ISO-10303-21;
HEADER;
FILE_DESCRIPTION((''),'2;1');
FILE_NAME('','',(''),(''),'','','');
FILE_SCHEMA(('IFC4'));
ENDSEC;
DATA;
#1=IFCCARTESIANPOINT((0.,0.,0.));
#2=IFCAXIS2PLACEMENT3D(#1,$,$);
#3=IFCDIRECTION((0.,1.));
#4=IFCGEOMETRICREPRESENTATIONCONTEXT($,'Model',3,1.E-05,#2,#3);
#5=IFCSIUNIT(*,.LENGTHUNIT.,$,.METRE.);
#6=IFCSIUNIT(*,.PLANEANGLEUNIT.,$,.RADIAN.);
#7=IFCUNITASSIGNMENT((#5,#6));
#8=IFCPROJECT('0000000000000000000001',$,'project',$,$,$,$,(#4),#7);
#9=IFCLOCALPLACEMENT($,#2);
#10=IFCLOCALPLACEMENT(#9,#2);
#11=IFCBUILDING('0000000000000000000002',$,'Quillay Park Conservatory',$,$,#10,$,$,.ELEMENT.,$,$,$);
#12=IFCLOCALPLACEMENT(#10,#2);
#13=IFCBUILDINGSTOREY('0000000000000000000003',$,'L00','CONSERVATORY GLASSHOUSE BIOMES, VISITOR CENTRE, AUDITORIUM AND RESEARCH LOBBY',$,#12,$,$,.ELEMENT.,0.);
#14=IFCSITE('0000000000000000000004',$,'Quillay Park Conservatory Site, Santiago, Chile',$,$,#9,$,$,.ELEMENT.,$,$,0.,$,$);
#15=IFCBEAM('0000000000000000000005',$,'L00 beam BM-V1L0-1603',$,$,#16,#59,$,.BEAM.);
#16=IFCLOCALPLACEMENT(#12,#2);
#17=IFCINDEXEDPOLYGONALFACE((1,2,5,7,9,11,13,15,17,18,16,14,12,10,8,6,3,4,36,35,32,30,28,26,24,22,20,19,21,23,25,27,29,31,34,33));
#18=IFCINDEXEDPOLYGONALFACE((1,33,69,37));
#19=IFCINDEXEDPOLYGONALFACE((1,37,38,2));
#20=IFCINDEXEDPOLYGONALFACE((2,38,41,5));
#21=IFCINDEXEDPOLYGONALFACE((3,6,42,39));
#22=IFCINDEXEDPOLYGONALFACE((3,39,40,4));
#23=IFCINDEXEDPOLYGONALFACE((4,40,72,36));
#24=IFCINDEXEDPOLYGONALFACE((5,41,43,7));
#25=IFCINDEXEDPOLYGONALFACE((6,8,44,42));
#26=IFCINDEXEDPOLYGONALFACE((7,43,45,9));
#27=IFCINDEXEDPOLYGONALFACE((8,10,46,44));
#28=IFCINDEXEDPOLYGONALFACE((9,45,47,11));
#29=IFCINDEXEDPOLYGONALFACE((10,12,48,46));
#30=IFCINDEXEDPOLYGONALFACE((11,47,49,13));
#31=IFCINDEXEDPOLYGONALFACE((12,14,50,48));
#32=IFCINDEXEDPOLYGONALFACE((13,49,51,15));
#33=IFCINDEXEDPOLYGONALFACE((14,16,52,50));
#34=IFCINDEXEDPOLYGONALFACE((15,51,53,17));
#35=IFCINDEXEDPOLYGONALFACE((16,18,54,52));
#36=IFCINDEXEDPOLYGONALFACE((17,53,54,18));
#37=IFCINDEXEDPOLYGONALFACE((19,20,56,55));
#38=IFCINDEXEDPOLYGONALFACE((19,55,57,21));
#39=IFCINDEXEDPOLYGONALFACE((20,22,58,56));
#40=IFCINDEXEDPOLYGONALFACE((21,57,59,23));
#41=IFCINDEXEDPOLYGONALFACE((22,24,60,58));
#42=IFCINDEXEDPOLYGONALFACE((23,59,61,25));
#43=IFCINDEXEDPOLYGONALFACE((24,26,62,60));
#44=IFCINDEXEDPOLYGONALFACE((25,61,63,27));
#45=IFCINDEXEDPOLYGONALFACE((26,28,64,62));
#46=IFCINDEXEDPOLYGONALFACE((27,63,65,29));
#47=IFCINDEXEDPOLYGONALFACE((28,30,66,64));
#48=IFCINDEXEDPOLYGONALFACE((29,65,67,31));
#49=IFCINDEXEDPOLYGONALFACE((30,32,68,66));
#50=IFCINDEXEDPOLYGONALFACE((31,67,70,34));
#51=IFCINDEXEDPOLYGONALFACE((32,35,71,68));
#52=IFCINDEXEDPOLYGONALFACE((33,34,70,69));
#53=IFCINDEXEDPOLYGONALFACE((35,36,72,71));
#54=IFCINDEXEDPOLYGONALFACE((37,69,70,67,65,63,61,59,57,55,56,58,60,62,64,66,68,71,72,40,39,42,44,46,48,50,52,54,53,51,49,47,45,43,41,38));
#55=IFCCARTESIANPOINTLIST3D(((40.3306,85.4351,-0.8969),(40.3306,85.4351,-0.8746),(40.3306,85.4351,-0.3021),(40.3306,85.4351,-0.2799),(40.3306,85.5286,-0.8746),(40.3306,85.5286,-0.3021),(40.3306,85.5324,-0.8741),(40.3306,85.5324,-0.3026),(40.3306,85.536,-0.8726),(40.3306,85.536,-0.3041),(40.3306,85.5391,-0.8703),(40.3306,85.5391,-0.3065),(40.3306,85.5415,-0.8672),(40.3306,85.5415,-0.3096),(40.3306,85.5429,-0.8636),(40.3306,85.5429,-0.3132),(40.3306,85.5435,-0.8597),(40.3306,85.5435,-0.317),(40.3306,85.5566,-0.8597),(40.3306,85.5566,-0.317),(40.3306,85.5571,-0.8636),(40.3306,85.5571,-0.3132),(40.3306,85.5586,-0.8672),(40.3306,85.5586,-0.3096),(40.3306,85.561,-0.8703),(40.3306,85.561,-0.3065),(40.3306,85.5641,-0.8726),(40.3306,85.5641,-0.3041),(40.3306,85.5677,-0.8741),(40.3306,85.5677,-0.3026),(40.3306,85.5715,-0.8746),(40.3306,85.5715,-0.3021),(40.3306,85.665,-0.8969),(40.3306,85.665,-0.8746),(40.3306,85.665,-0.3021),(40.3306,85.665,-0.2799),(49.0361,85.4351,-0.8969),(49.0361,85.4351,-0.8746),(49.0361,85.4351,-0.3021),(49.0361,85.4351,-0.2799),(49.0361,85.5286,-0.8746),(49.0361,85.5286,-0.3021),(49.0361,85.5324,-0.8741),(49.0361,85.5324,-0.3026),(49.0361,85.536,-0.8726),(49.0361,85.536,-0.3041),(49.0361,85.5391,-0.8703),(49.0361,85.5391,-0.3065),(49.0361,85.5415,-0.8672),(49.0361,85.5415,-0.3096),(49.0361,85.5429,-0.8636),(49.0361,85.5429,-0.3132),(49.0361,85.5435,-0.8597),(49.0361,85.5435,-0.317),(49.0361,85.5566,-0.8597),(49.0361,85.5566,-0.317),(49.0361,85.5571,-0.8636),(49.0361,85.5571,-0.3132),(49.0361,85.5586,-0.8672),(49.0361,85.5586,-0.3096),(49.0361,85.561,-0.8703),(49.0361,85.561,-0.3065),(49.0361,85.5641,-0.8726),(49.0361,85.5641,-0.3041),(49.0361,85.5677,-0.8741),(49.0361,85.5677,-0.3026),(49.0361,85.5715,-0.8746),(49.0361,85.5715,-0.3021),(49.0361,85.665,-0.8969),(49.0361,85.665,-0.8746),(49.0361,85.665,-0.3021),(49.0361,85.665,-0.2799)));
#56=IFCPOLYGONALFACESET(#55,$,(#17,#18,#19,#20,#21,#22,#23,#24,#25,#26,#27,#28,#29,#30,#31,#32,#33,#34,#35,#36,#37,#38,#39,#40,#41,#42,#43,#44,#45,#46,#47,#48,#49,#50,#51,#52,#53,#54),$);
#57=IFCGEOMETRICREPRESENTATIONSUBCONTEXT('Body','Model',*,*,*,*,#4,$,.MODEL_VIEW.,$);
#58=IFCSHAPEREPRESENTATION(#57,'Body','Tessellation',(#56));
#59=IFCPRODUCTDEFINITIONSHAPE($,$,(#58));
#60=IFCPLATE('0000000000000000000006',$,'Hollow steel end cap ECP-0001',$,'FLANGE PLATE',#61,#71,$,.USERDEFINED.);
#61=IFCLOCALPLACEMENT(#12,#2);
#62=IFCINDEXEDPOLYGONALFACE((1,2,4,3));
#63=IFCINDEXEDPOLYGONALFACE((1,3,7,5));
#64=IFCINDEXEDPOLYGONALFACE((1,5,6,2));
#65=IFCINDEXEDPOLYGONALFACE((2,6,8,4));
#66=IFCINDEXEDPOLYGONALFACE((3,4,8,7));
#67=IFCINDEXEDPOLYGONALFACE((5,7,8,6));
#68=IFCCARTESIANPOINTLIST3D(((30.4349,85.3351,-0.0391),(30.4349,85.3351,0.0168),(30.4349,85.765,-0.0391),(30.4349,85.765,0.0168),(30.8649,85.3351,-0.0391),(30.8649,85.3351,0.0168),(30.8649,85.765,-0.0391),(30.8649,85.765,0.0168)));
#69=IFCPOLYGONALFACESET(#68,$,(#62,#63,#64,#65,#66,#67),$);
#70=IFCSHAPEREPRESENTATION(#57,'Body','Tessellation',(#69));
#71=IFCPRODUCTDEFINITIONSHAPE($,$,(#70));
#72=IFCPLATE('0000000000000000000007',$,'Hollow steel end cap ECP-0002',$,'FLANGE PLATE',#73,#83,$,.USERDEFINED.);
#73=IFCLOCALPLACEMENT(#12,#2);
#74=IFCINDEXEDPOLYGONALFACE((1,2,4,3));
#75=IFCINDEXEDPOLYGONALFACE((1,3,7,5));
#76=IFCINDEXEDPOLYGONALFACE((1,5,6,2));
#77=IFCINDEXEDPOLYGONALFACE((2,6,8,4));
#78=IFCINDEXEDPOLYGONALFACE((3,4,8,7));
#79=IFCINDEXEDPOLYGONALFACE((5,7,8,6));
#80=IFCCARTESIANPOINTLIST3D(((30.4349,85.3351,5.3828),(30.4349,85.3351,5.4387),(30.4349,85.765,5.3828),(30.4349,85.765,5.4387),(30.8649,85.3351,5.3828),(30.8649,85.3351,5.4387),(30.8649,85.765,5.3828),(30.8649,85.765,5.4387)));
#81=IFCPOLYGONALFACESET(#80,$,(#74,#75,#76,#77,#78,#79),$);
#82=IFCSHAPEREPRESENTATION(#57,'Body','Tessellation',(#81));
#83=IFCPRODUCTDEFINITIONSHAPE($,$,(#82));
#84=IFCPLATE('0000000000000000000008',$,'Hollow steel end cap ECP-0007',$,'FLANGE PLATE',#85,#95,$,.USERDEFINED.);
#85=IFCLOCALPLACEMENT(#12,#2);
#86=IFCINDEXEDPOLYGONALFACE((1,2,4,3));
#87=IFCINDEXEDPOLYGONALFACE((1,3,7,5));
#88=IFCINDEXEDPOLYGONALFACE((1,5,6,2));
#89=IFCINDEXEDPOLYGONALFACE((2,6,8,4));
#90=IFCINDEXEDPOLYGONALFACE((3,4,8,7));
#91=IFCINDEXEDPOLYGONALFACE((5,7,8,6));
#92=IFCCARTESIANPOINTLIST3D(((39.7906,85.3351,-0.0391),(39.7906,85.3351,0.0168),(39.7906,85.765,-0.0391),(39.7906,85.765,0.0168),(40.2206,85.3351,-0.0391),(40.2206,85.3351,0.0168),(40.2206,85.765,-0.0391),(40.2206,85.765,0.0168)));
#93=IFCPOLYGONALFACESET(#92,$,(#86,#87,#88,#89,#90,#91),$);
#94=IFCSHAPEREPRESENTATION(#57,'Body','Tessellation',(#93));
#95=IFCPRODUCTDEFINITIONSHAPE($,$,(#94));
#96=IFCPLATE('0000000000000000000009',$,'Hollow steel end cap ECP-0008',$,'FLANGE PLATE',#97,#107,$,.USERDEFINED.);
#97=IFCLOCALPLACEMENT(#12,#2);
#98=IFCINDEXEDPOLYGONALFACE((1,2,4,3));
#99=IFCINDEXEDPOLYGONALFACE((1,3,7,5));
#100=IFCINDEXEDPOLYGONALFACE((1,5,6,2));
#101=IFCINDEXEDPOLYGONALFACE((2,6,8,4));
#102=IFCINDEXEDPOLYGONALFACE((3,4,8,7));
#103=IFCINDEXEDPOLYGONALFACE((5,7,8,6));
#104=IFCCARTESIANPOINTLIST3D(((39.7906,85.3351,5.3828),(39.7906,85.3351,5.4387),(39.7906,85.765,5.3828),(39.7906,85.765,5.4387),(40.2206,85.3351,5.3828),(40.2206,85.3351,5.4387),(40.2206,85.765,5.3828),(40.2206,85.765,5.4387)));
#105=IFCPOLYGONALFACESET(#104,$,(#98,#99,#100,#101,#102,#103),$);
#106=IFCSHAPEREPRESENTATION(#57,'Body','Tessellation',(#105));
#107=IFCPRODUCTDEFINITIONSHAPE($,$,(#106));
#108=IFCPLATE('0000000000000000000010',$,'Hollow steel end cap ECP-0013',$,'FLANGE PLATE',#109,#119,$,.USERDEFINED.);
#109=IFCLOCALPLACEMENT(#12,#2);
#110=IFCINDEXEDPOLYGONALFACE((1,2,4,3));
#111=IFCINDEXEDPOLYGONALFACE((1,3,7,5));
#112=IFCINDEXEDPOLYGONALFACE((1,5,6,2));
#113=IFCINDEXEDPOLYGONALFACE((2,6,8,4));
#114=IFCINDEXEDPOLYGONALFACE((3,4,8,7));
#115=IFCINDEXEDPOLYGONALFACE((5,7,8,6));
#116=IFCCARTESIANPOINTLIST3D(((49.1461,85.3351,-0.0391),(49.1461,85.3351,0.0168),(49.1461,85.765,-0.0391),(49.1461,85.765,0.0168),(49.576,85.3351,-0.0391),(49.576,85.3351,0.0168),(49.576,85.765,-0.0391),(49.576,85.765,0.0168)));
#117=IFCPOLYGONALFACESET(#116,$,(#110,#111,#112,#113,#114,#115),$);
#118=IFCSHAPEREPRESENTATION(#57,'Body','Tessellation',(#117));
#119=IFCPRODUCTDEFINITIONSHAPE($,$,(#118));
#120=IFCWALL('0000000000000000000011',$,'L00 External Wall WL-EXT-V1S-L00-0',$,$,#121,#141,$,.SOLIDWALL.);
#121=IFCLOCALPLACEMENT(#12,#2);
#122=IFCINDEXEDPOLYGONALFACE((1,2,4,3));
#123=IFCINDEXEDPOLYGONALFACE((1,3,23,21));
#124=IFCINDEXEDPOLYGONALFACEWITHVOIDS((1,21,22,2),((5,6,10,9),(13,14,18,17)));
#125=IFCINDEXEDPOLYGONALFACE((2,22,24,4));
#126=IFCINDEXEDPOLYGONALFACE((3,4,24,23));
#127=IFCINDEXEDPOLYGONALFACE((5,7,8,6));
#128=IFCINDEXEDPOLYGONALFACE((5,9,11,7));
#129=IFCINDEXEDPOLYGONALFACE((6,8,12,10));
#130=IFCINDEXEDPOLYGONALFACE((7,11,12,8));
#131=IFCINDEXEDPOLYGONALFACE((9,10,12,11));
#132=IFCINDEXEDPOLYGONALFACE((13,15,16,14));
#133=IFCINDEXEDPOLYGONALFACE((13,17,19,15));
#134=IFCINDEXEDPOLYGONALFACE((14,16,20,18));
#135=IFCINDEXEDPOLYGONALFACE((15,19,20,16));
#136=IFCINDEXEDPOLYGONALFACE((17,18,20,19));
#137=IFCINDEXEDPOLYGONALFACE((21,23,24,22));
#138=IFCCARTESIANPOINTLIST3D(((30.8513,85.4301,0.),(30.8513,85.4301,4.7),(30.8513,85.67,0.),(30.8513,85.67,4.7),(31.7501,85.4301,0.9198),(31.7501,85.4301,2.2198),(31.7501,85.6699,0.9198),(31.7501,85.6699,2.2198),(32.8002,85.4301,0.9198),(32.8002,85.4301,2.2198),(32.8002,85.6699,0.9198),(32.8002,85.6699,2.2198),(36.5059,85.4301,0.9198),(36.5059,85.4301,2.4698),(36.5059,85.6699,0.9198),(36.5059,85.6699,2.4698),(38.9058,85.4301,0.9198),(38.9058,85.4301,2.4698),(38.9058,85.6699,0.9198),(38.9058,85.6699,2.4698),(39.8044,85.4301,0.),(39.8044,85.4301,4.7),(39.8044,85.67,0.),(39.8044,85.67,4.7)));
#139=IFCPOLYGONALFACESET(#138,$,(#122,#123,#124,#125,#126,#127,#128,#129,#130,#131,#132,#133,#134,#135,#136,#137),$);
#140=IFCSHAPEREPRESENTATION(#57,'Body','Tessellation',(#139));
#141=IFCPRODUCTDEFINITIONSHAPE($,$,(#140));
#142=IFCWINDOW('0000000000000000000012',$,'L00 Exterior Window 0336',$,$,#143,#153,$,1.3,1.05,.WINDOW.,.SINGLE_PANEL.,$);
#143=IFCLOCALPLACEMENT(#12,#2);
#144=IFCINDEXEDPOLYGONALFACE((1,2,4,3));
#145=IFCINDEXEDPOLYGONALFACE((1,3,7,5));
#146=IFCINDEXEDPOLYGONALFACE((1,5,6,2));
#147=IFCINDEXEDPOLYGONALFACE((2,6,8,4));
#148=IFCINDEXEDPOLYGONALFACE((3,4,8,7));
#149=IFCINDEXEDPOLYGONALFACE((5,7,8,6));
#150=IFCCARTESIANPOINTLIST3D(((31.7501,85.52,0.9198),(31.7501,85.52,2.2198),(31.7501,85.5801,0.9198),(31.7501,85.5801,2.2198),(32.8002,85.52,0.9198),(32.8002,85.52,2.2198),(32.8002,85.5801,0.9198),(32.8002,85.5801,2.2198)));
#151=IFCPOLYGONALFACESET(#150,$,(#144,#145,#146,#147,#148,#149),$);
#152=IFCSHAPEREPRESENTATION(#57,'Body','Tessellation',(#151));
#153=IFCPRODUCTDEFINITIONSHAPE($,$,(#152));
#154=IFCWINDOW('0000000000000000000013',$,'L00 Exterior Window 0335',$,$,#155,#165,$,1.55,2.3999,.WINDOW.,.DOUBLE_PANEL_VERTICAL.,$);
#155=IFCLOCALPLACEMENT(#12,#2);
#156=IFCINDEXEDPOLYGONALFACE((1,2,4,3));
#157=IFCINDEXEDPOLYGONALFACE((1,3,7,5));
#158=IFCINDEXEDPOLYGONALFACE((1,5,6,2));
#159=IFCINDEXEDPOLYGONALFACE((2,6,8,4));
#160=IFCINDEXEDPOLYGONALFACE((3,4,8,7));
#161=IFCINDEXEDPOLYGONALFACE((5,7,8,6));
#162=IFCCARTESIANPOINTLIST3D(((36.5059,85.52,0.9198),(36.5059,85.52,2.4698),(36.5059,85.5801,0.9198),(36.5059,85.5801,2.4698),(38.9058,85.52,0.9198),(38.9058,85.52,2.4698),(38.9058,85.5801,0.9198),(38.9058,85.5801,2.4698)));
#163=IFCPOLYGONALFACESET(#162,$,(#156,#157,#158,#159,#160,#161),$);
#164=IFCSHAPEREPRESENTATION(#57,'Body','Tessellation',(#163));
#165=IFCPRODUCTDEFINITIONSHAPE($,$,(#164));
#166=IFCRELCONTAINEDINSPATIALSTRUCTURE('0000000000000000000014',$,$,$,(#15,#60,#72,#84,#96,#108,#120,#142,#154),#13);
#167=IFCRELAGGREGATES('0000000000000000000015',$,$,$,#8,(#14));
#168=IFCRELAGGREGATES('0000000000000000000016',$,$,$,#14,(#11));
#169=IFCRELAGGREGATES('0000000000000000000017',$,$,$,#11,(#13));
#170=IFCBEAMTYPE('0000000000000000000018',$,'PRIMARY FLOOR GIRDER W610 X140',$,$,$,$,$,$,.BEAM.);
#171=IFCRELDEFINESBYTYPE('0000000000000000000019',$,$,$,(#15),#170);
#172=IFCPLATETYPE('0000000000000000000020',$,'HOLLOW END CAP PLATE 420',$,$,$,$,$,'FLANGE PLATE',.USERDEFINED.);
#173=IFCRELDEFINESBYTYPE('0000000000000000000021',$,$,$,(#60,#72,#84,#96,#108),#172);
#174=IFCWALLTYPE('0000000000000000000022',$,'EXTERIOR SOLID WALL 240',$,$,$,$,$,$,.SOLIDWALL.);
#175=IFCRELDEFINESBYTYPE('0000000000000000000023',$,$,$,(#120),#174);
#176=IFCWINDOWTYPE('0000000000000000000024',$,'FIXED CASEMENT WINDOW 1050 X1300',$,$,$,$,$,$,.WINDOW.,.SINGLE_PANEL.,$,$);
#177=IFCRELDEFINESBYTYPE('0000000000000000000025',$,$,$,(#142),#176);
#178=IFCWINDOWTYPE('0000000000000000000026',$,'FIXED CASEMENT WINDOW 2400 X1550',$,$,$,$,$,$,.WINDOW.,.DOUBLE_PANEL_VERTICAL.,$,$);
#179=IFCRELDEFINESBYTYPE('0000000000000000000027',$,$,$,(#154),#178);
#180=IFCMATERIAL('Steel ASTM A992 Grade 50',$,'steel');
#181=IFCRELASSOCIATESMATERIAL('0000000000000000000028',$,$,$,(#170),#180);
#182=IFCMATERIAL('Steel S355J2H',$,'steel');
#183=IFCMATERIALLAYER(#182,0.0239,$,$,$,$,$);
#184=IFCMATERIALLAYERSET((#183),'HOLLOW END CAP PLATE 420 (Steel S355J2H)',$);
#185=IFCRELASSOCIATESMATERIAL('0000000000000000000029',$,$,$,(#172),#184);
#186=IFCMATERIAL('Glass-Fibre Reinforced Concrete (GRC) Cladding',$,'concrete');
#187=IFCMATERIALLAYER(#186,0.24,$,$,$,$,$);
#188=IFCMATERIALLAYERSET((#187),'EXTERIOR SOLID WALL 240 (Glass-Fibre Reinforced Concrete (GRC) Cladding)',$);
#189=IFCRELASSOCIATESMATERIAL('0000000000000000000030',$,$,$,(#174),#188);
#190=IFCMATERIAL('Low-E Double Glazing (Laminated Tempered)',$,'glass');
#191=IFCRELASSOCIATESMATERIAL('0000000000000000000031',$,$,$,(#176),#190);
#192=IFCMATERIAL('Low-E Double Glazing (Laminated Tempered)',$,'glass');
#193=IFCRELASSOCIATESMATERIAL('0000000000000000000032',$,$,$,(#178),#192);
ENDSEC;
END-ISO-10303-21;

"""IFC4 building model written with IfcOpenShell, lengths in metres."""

from ifc_helpers import new_model, si_unit, direction, frame, frame_2d, origin, origin_2d, place, context, subcontext, project, spatial, rectangle, i_section, extrude, material, layer, layer_set, material_profile, profile_set, type_object, element, fill, save


model = new_model("IFC4")

# Units and contexts
model_context = context("Model", 3, precision=1e-05, world=origin(), true_north=direction((0.0, 1.0)))
body_context = subcontext(model_context, "Body", "Model", "MODEL_VIEW")
ifc_project = project(units=[si_unit("LENGTHUNIT", "METRE"), si_unit("PLANEANGLEUNIT", "RADIAN")], contexts=[model_context])

# Site, building, storey
site_placement = place(None, origin())
site = spatial("IfcSite", under=ifc_project, at=site_placement, Name="Quillay Park Conservatory Site, Santiago, Chile", CompositionType="ELEMENT", RefElevation=0.0)
building_placement = place(site_placement, origin())
building = spatial("IfcBuilding", under=site, at=building_placement, Name="Quillay Park Conservatory", CompositionType="ELEMENT")
storey_placement = place(building_placement, origin())
storey = spatial("IfcBuildingStorey", under=building, at=storey_placement, Name="L00", Description="CONSERVATORY GLASSHOUSE BIOMES, VISITOR CENTRE, AUDITORIUM AND RESEARCH LOBBY", CompositionType="ELEMENT", Elevation=0.0)

# Beam
ifc_material_1 = material(Name="Steel ASTM A992 Grade 50", Category="steel")
ifc_material_profile_1 = material_profile(ifc_material_1, i_section(OverallWidth=0.23, OverallDepth=0.6169, WebThickness=0.0132, FlangeThickness=0.0222, FilletRadius=0.0149, at=origin_2d()), Name="W610x140")
ifc_profile_set_1 = profile_set([ifc_material_profile_1], Name="Steel ASTM A992 Grade 50")
beam_type = type_object("IfcBeamType", Name="PRIMARY FLOOR GIRDER W610 X140", PredefinedType="BEAM", material=ifc_profile_set_1)
for number, where, z_axis, x_axis, name in (
    (1, (40.3306, 85.55, -0.5884), (1.0, 0.0, 0.0), (0.0, 1.0, 0.0), "L00 beam BM-V1L0-1603"),
):
    element("IfcBeam", number, at=place(storey_placement, frame(where, z_axis=z_axis, x_axis=x_axis)), inside=storey, type_object=beam_type, Name=name, PredefinedType="BEAM", context=body_context, shape_type="SweptSolid", body=[
        extrude(i_section(OverallWidth=0.23, OverallDepth=0.6169, WebThickness=0.0132, FlangeThickness=0.0222, FilletRadius=0.0149, at=origin_2d()), origin(), (0.0, 0.0, 1.0), 8.7056),
    ])

# Plates
ifc_material_2 = material(Name="Steel S355J2H", Category="steel")
ifc_layer_1 = layer(ifc_material_2, 0.0239)
ifc_layer_set_1 = layer_set([ifc_layer_1], Name="HOLLOW END CAP PLATE 420 (Steel S355J2H)")
plate_type = type_object("IfcPlateType", Name="HOLLOW END CAP PLATE 420", ElementType="FLANGE PLATE", PredefinedType="USERDEFINED", material=ifc_layer_set_1)
for number, where, z_axis, x_axis, name in (
    (2, (30.6499, 85.55, -0.0391), (0.0, 0.0, 1.0), (1.0, 0.0, 0.0), "Hollow steel end cap ECP-0001"),
    (3, (30.6499, 85.55, 5.3828), (0.0, 0.0, 1.0), (1.0, 0.0, 0.0), "Hollow steel end cap ECP-0002"),
    (4, (40.0056, 85.55, -0.0391), (0.0, 0.0, 1.0), (1.0, 0.0, 0.0), "Hollow steel end cap ECP-0007"),
    (5, (40.0056, 85.55, 5.3828), (0.0, 0.0, 1.0), (1.0, 0.0, 0.0), "Hollow steel end cap ECP-0008"),
    (6, (49.3611, 85.55, -0.0391), (0.0, 0.0, 1.0), (1.0, 0.0, 0.0), "Hollow steel end cap ECP-0013"),
):
    element("IfcPlate", number, at=place(storey_placement, frame(where, z_axis=z_axis, x_axis=x_axis)), inside=storey, type_object=plate_type, Name=name, ObjectType="FLANGE PLATE", PredefinedType="USERDEFINED", context=body_context, shape_type="SweptSolid", body=[
        extrude(rectangle(XDim=0.4299, YDim=0.4299, at=origin_2d()), origin(), (0.0, 0.0, 1.0), 0.0559),
    ])

# Wall, openings, windows
ifc_material_3 = material(Name="Glass-Fibre Reinforced Concrete (GRC) Cladding", Category="concrete")
ifc_layer_2 = layer(ifc_material_3, 0.24)
ifc_layer_set_2 = layer_set([ifc_layer_2], Name="EXTERIOR SOLID WALL 240 (Glass-Fibre Reinforced Concrete (GRC) Cladding)")
wall_type_1 = type_object("IfcWallType", Name="EXTERIOR SOLID WALL 240", PredefinedType="SOLIDWALL", material=ifc_layer_set_2)
wall_1_placement = place(storey_placement, frame((39.8044, 85.55, 0.0), z_axis=(0.0, 0.0, 1.0), x_axis=(-1.0, 0.0, 0.0)))
wall_1 = element("IfcWall", 7, at=wall_1_placement, inside=storey, type_object=wall_type_1, Name="L00 External Wall WL-EXT-V1S-L00-0", PredefinedType="SOLIDWALL", context=body_context, shape_type="SweptSolid", body=[
    extrude(rectangle(XDim=8.9531, YDim=0.24, at=frame_2d((4.4766, 0.0))), origin(), (0.0, 0.0, 1.0), 4.7),
])
opening_1_placement = place(wall_1_placement, frame((0.8987, 0.0, 0.9199)))
opening_1 = element("IfcOpeningElement", 8, at=opening_1_placement, cuts=wall_1, PredefinedType="OPENING", context=body_context, shape_type="SweptSolid", body=[
    extrude(rectangle(XDim=2.3999, YDim=1.55, at=frame_2d((1.2, 0.7749))), frame((0.0, 0.1201, 0.0), z_axis=(0.0, -1.0, 0.0), x_axis=(1.0, 0.0, 0.0)), (0.0, 0.0, 1.0), 0.24),
])
opening_2_placement = place(wall_1_placement, frame((7.0044, 0.0, 0.9199)))
opening_2 = element("IfcOpeningElement", 9, at=opening_2_placement, cuts=wall_1, PredefinedType="OPENING", context=body_context, shape_type="SweptSolid", body=[
    extrude(rectangle(XDim=1.05, YDim=1.3, at=frame_2d((0.5249, 0.6499))), frame((0.0, 0.1201, 0.0), z_axis=(0.0, -1.0, 0.0), x_axis=(1.0, 0.0, 0.0)), (0.0, 0.0, 1.0), 0.24),
])
ifc_material_4 = material(Name="Low-E Double Glazing (Laminated Tempered)", Category="glass")
window_type_1 = type_object("IfcWindowType", Name="FIXED CASEMENT WINDOW 1050 X1300", PartitioningType="SINGLE_PANEL", PredefinedType="WINDOW", material=ifc_material_4)
window_1_placement = place(opening_2_placement, origin())
window_1 = element("IfcWindow", 10, at=window_1_placement, inside=storey, type_object=window_type_1, Name="L00 Exterior Window 0336", OverallHeight=1.3, OverallWidth=1.05, PartitioningType="SINGLE_PANEL", PredefinedType="WINDOW", context=body_context, shape_type="SweptSolid", body=[
    extrude(rectangle(XDim=1.05, YDim=1.3, at=frame_2d((0.5249, 0.6499))), frame((0.0, 0.03, 0.0), z_axis=(0.0, -1.0, 0.0), x_axis=(1.0, 0.0, 0.0)), (0.0, 0.0, 1.0), 0.0601),
])
fill(opening_2, window_1)
ifc_material_5 = material(Name="Low-E Double Glazing (Laminated Tempered)", Category="glass")
window_type_2 = type_object("IfcWindowType", Name="FIXED CASEMENT WINDOW 2400 X1550", PartitioningType="DOUBLE_PANEL_VERTICAL", PredefinedType="WINDOW", material=ifc_material_5)
window_2_placement = place(opening_1_placement, origin())
window_2 = element("IfcWindow", 11, at=window_2_placement, inside=storey, type_object=window_type_2, Name="L00 Exterior Window 0335", OverallHeight=1.55, OverallWidth=2.3999, PartitioningType="DOUBLE_PANEL_VERTICAL", PredefinedType="WINDOW", context=body_context, shape_type="SweptSolid", body=[
    extrude(rectangle(XDim=2.3999, YDim=1.55, at=frame_2d((1.2, 0.7749))), frame((0.0, 0.03, 0.0), z_axis=(0.0, -1.0, 0.0), x_axis=(1.0, 0.0, 0.0)), (0.0, 0.0, 1.0), 0.0601),
])
fill(opening_1, window_2)

save(model, "model.ifc")
